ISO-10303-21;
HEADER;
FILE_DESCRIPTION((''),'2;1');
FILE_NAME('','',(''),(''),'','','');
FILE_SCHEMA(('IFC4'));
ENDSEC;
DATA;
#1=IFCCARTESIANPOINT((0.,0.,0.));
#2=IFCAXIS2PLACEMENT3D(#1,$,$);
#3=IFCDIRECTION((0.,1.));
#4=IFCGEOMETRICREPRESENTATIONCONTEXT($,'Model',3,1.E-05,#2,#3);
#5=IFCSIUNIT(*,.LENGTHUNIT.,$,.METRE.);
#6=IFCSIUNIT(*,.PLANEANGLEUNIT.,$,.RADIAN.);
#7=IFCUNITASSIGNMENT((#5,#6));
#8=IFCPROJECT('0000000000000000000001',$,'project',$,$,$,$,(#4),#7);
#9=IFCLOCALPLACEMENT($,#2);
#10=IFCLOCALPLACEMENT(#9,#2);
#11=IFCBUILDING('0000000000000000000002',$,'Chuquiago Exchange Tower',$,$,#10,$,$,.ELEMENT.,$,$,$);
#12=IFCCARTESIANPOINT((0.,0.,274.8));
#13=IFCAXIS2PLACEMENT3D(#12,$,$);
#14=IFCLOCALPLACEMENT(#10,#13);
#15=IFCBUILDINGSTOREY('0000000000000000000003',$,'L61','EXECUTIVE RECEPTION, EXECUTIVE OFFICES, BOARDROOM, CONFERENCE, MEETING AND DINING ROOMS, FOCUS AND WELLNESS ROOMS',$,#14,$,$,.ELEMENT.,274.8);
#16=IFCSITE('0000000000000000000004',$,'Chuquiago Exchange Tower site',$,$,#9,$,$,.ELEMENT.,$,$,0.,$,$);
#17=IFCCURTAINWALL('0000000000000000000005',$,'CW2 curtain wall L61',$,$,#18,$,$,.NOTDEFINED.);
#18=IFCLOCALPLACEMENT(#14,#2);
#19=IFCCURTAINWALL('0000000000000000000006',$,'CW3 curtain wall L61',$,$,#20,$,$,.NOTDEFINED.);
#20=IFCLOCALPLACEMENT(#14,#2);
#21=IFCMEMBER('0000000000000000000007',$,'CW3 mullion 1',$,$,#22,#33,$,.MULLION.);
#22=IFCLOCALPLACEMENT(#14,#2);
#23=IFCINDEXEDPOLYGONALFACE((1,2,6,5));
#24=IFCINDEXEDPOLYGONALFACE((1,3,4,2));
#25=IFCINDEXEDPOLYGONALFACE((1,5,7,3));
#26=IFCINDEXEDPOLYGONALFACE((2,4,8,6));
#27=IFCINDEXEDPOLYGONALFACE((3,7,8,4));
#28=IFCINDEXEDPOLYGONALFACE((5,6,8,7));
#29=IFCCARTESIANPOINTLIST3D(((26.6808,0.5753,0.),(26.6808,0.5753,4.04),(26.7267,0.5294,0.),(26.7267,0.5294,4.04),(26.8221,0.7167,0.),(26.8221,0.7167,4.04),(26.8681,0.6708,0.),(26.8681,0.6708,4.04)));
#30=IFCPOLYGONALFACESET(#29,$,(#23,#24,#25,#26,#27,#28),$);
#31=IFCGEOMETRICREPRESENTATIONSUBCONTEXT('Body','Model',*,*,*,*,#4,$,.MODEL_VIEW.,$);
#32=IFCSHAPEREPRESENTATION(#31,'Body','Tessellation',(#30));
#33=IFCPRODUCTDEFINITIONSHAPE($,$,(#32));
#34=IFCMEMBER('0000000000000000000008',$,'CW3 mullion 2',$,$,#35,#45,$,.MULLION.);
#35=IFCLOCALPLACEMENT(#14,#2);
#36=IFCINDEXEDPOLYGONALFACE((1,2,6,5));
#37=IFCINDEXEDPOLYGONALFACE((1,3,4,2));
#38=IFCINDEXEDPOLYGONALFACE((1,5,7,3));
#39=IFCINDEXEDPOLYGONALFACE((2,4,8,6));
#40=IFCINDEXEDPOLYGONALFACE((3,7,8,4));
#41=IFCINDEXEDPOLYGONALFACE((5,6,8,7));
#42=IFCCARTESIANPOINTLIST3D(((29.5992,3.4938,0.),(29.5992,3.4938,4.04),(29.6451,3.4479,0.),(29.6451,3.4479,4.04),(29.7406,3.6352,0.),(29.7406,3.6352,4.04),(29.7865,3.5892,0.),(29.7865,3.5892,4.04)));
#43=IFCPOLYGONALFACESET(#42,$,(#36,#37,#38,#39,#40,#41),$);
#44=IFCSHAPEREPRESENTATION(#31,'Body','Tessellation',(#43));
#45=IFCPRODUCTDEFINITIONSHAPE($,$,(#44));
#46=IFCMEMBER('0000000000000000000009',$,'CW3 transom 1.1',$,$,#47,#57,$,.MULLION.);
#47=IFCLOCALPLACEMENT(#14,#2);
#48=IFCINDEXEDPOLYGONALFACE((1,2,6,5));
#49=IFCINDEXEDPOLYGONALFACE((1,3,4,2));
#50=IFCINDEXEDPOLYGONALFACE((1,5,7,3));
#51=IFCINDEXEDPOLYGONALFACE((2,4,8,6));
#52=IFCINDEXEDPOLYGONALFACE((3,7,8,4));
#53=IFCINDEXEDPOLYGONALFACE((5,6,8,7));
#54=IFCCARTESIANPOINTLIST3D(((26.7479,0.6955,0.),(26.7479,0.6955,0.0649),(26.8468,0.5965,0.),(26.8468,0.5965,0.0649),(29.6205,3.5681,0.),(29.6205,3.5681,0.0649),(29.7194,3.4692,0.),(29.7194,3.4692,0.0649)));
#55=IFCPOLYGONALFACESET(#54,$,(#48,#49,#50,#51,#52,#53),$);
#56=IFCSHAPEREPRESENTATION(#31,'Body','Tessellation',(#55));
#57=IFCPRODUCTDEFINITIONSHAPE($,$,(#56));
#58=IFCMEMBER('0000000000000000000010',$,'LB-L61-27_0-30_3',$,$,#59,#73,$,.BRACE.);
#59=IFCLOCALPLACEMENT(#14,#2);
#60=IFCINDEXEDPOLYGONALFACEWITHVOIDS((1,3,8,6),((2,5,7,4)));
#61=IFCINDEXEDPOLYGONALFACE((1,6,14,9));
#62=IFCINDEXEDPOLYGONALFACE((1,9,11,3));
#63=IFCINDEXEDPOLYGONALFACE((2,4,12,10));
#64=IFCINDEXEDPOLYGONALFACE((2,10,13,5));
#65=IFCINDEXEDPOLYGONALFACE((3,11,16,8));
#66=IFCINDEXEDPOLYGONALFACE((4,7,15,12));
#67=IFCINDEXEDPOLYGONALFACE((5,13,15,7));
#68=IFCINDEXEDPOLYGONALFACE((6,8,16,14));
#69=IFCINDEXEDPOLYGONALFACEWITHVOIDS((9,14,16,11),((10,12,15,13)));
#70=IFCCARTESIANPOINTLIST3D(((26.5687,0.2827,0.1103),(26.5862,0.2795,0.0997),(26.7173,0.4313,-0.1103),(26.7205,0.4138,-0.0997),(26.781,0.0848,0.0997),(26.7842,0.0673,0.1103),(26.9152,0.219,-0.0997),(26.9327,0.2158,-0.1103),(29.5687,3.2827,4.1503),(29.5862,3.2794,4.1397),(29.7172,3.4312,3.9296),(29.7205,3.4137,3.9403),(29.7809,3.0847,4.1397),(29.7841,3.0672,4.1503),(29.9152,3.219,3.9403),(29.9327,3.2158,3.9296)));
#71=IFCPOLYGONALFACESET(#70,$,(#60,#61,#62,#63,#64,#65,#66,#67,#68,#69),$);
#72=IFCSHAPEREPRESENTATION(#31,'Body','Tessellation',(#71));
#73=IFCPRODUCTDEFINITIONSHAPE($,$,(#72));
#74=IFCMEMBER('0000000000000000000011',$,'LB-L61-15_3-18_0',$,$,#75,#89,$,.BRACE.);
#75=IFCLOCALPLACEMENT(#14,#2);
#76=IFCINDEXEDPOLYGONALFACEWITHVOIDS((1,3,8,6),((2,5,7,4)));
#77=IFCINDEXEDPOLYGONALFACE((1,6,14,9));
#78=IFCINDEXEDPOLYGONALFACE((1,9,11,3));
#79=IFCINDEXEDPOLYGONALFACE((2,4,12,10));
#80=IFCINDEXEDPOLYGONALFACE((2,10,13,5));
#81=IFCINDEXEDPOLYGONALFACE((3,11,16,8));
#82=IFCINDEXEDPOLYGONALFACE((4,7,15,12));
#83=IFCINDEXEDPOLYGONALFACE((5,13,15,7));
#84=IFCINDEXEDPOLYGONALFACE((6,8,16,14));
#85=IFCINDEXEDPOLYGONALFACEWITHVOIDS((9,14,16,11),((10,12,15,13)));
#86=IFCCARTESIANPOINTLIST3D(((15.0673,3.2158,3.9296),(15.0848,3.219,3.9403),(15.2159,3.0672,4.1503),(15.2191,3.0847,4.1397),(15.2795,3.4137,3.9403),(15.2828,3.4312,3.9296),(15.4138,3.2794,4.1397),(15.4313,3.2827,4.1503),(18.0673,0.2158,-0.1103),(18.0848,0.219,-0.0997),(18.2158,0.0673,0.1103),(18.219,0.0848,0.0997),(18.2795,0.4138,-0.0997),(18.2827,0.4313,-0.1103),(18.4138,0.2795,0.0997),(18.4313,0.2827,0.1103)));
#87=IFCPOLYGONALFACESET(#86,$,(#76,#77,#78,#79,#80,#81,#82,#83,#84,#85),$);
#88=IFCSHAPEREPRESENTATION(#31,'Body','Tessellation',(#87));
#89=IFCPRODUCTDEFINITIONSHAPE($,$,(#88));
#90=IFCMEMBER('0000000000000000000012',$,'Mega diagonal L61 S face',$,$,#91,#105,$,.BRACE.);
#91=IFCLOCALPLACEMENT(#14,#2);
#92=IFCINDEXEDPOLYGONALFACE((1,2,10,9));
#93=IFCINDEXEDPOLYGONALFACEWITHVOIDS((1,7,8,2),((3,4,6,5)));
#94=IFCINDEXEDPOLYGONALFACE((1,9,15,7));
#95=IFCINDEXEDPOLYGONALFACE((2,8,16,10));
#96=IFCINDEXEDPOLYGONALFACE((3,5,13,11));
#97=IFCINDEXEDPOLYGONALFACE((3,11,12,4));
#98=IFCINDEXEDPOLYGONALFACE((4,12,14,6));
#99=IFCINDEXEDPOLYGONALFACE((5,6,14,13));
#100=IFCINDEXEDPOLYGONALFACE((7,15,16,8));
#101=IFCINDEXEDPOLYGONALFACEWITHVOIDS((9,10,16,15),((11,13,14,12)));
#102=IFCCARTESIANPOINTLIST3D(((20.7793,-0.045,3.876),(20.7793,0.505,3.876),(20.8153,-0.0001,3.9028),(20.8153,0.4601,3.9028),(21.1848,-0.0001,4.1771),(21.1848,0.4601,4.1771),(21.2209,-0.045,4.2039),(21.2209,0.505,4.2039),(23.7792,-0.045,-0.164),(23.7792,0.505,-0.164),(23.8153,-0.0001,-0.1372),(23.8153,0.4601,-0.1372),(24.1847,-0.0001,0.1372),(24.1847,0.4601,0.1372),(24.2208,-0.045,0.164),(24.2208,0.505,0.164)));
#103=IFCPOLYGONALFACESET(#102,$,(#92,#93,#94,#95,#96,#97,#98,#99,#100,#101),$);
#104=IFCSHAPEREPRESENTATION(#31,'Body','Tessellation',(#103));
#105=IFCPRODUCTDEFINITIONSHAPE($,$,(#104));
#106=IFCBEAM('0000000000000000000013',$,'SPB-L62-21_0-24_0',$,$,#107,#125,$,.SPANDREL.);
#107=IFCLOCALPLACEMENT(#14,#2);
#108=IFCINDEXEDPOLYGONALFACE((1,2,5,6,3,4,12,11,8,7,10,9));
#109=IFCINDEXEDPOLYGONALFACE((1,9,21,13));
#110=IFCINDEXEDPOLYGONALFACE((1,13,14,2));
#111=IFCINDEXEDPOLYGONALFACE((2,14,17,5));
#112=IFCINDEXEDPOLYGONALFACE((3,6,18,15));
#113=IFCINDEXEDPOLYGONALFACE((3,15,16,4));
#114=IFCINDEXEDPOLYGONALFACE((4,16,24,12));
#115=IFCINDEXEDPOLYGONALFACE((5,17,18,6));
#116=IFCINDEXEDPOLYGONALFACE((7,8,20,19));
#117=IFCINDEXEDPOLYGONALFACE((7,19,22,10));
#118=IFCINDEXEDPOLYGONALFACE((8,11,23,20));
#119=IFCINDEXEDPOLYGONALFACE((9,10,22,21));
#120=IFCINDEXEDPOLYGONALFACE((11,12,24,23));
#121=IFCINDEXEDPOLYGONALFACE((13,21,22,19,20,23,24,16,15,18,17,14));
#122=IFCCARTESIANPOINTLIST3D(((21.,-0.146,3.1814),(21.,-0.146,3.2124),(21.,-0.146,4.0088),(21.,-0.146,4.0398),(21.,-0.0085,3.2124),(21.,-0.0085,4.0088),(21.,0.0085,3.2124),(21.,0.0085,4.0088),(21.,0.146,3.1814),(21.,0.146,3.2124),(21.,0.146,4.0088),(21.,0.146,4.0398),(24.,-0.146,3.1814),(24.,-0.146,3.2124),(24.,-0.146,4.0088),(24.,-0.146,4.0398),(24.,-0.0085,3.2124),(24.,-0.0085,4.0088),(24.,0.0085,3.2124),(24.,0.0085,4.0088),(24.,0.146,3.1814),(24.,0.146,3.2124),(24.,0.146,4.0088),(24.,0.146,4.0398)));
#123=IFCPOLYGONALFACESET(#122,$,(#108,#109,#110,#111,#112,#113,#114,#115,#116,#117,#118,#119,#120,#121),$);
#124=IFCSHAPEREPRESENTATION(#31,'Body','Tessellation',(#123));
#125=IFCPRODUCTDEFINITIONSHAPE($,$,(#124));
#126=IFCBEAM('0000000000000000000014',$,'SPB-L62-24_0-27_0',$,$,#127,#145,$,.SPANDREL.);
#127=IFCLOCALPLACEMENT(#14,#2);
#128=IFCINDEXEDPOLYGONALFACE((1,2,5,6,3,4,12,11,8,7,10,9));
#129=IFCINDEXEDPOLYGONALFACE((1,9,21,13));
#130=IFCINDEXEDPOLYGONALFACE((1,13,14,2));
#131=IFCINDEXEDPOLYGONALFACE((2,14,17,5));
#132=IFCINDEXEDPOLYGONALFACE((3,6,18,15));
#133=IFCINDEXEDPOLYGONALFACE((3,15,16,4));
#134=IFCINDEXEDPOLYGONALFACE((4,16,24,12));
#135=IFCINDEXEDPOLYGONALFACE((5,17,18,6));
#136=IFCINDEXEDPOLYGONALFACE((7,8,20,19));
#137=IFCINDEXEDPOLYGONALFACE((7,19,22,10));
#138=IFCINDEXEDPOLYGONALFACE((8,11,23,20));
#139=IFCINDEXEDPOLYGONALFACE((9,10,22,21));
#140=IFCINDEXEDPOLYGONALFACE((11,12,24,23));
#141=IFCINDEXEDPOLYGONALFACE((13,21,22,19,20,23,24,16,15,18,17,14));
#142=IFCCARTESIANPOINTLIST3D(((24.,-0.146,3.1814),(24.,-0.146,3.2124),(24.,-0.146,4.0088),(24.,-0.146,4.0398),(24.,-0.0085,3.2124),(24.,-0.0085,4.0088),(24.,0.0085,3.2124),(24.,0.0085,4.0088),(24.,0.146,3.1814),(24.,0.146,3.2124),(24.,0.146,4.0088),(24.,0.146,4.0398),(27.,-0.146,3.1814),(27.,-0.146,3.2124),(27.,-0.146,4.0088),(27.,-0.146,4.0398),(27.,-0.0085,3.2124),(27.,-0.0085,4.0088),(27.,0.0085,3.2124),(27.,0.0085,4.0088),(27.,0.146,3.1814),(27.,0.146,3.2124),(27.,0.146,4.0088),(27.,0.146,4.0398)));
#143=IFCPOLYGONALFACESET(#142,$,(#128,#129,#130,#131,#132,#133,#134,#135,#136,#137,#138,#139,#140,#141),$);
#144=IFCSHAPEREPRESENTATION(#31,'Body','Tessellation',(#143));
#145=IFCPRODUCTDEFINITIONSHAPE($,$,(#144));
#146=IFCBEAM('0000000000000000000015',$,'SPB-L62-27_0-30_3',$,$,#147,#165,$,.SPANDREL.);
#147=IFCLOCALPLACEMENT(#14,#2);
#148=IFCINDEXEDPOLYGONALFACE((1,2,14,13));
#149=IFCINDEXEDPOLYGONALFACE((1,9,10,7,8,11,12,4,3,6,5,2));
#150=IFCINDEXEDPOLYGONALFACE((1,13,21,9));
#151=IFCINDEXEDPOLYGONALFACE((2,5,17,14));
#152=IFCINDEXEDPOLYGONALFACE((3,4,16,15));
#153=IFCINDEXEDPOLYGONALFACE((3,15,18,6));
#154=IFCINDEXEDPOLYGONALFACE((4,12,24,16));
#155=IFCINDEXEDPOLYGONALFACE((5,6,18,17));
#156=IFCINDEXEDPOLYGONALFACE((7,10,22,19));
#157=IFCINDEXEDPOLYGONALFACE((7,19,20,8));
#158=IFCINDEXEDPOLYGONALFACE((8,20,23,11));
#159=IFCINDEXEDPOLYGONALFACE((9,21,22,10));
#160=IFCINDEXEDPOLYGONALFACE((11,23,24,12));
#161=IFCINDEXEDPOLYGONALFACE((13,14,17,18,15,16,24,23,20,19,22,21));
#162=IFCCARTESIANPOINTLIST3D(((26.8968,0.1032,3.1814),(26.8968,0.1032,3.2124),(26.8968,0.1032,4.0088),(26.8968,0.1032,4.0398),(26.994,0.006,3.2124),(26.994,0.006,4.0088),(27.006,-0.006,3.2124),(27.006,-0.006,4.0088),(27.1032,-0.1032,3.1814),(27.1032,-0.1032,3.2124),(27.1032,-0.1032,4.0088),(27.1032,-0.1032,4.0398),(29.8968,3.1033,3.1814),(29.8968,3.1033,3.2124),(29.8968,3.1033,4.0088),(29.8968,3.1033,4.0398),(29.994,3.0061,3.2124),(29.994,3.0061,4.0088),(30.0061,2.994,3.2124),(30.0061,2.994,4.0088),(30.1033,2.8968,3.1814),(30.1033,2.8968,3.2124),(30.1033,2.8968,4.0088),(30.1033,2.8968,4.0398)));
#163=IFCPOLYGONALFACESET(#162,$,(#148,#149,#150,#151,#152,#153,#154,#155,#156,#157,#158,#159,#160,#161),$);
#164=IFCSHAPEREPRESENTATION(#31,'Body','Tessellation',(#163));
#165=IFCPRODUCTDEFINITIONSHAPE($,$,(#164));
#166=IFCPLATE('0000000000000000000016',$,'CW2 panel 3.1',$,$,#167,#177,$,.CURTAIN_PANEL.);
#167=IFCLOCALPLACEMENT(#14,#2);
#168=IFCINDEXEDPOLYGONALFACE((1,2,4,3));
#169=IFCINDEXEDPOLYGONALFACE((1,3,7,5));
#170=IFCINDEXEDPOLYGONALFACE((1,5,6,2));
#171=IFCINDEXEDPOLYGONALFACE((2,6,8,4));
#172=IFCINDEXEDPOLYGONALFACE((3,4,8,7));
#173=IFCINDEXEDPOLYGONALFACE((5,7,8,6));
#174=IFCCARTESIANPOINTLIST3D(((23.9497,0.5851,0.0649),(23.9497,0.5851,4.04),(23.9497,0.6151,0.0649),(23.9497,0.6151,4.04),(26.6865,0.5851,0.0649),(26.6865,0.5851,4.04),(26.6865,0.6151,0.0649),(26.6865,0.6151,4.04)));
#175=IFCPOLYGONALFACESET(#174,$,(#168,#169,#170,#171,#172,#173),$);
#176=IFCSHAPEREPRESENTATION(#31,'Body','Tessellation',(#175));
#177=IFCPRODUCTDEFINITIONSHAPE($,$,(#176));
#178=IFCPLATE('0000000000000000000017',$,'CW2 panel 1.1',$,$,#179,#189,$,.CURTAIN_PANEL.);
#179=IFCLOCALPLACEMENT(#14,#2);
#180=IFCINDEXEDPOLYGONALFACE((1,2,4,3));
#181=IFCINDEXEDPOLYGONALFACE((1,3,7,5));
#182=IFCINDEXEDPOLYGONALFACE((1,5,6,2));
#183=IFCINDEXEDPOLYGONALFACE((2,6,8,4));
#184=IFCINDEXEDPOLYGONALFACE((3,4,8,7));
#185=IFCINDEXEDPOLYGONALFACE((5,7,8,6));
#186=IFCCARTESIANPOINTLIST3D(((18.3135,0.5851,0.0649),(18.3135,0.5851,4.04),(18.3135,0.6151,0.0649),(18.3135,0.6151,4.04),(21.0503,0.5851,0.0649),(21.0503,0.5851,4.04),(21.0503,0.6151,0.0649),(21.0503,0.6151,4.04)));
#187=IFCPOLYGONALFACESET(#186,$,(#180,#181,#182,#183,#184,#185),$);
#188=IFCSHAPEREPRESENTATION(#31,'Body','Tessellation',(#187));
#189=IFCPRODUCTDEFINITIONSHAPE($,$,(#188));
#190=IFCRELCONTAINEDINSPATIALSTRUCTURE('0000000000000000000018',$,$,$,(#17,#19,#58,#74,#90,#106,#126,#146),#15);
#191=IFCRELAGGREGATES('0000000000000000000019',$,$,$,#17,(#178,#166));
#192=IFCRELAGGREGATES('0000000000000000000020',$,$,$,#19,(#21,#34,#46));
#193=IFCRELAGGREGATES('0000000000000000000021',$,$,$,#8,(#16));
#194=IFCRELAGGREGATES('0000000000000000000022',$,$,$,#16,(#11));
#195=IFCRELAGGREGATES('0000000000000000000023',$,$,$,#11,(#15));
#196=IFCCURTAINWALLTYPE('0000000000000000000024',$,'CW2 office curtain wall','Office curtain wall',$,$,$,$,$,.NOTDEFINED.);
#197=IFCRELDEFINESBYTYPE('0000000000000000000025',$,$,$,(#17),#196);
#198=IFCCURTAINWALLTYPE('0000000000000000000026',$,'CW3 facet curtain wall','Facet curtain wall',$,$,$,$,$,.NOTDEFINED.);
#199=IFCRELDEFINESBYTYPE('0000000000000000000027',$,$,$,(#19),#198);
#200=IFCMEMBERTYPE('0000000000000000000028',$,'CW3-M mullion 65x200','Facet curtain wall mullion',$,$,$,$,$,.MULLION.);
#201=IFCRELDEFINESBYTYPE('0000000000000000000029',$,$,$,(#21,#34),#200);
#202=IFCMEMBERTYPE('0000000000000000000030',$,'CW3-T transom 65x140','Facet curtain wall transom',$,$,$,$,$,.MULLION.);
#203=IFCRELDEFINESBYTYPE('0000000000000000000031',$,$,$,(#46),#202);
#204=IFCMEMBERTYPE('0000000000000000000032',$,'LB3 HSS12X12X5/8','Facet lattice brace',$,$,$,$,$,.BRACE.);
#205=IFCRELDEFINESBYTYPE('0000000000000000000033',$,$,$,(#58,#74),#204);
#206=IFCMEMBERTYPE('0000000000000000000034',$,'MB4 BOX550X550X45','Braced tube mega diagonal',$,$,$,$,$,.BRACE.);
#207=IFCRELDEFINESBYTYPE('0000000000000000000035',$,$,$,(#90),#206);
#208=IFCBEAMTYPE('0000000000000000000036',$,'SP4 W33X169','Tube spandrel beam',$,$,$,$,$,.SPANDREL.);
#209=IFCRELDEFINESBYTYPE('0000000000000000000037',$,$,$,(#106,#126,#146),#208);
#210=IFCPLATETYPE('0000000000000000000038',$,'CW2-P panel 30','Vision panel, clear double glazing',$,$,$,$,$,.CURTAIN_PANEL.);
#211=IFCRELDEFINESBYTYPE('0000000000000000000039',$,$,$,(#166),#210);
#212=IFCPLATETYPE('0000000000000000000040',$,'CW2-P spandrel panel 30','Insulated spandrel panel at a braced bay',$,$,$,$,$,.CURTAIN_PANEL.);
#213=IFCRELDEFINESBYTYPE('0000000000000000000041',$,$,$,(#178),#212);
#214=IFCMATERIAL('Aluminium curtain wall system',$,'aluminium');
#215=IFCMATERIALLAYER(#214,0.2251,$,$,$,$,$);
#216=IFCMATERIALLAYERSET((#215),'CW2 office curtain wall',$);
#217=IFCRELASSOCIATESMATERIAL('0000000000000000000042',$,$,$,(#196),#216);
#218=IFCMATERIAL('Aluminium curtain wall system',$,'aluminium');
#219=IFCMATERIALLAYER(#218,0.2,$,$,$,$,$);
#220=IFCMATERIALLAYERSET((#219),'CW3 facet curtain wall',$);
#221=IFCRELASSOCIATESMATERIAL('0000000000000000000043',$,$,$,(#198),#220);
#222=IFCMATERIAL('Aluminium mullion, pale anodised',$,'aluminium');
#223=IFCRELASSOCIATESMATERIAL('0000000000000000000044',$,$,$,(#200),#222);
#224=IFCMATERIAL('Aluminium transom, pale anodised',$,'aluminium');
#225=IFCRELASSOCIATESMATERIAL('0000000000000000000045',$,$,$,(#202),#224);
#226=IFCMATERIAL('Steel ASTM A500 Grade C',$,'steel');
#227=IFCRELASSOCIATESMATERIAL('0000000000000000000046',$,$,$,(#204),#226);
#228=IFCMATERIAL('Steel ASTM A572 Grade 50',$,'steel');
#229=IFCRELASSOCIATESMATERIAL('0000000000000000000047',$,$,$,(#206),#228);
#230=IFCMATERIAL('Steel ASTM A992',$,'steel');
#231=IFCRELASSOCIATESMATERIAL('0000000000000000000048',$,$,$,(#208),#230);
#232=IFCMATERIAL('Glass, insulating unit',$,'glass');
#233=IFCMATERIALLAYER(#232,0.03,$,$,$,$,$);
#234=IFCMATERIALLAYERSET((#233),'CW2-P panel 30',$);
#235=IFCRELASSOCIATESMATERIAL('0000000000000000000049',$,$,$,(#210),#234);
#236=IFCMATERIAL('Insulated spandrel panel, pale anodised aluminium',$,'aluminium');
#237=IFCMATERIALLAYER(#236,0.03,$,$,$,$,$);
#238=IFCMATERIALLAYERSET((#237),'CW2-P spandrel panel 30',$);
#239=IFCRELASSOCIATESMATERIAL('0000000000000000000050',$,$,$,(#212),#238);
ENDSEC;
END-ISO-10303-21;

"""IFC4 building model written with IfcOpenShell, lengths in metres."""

from ifc_helpers import new_model, si_unit, direction, frame, origin, origin_2d, place, context, subcontext, project, spatial, rectangle, hollow_rectangle, i_section, extrude, material, layer, layer_set, material_profile, profile_set, type_object, element, aggregate, save


model = new_model("IFC4")

# Units and contexts
model_context = context("Model", 3, precision=1e-05, world=origin(), true_north=direction((0.0, 1.0)))
body_context = subcontext(model_context, "Body", "Model", "MODEL_VIEW")
ifc_project = project(units=[si_unit("LENGTHUNIT", "METRE"), si_unit("PLANEANGLEUNIT", "RADIAN")], contexts=[model_context])

# Site, building, storey
site_placement = place(None, origin())
site = spatial("IfcSite", under=ifc_project, at=site_placement, Name="Chuquiago Exchange Tower site", CompositionType="ELEMENT", RefElevation=0.0)
building_placement = place(site_placement, origin())
building = spatial("IfcBuilding", under=site, at=building_placement, Name="Chuquiago Exchange Tower", CompositionType="ELEMENT")
storey_placement = place(building_placement, frame((0.0, 0.0, 274.8)))
storey = spatial("IfcBuildingStorey", under=building, at=storey_placement, Name="L61", Description="EXECUTIVE RECEPTION, EXECUTIVE OFFICES, BOARDROOM, CONFERENCE, MEETING AND DINING ROOMS, FOCUS AND WELLNESS ROOMS", CompositionType="ELEMENT", Elevation=274.8)

# Curtain walls, members
ifc_material_1 = material(Name="Aluminium curtain wall system", Category="aluminium")
ifc_layer_1 = layer(ifc_material_1, 0.2251)
ifc_layer_set_1 = layer_set([ifc_layer_1], Name="CW2 office curtain wall")
curtain_wall_type_1 = type_object("IfcCurtainWallType", Name="CW2 office curtain wall", Description="Office curtain wall", PredefinedType="NOTDEFINED", material=ifc_layer_set_1)
curtain_wall_1_placement = place(storey_placement, origin())
curtain_wall_1 = element("IfcCurtainWall", 1, at=curtain_wall_1_placement, inside=storey, type_object=curtain_wall_type_1, Name="CW2 curtain wall L61", PredefinedType="NOTDEFINED")
ifc_material_2 = material(Name="Aluminium curtain wall system", Category="aluminium")
ifc_layer_2 = layer(ifc_material_2, 0.2)
ifc_layer_set_2 = layer_set([ifc_layer_2], Name="CW3 facet curtain wall")
curtain_wall_type_2 = type_object("IfcCurtainWallType", Name="CW3 facet curtain wall", Description="Facet curtain wall", PredefinedType="NOTDEFINED", material=ifc_layer_set_2)
curtain_wall_2_placement = place(storey_placement, origin())
curtain_wall_2 = element("IfcCurtainWall", 2, at=curtain_wall_2_placement, inside=storey, type_object=curtain_wall_type_2, Name="CW3 curtain wall L61", PredefinedType="NOTDEFINED")
ifc_material_3 = material(Name="Aluminium mullion, pale anodised", Category="aluminium")
ifc_material_profile_1 = material_profile(ifc_material_3, rectangle(XDim=0.0649, YDim=0.2, at=origin_2d()), Name="AL 65x200")
ifc_profile_set_1 = profile_set([ifc_material_profile_1], Name="Aluminium mullion, pale anodised")
member_type_1 = type_object("IfcMemberType", Name="CW3-M mullion 65x200", Description="Facet curtain wall mullion", PredefinedType="MULLION", material=ifc_profile_set_1)
member_1_placement = place(storey_placement, frame((26.7744, 0.623, 0.0), z_axis=(0.0, 0.0, 1.0), x_axis=(-0.707107, 0.707107, 0.0)))
member_1 = element("IfcMember", 3, at=member_1_placement, type_object=member_type_1, Name="CW3 mullion 1", PredefinedType="MULLION", context=body_context, shape_type="SweptSolid", body=[
    extrude(rectangle(XDim=0.0649, YDim=0.2, at=origin_2d()), origin(), (0.0, 0.0, 1.0), 4.04),
])
member_2_placement = place(storey_placement, frame((29.6929, 3.5415, 0.0), z_axis=(0.0, 0.0, 1.0), x_axis=(-0.707107, 0.707107, 0.0)))
member_2 = element("IfcMember", 4, at=member_2_placement, type_object=member_type_1, Name="CW3 mullion 2", PredefinedType="MULLION", context=body_context, shape_type="SweptSolid", body=[
    extrude(rectangle(XDim=0.0649, YDim=0.2, at=origin_2d()), origin(), (0.0, 0.0, 1.0), 4.04),
])
ifc_material_4 = material(Name="Aluminium transom, pale anodised", Category="aluminium")
ifc_material_profile_2 = material_profile(ifc_material_4, rectangle(XDim=0.1399, YDim=0.0649, at=origin_2d()), Name="AL 140x65")
ifc_profile_set_2 = profile_set([ifc_material_profile_2], Name="Aluminium transom, pale anodised")
member_type_2 = type_object("IfcMemberType", Name="CW3-T transom 65x140", Description="Facet curtain wall transom", PredefinedType="MULLION", material=ifc_profile_set_2)
member_3_placement = place(storey_placement, frame((26.7974, 0.646, 0.0325), z_axis=(0.707107, 0.707107, 0.0), x_axis=(-0.707107, 0.707107, 0.0)))
member_3 = element("IfcMember", 5, at=member_3_placement, type_object=member_type_2, Name="CW3 transom 1.1", PredefinedType="MULLION", context=body_context, shape_type="SweptSolid", body=[
    extrude(rectangle(XDim=0.1399, YDim=0.0649, at=origin_2d()), origin(), (0.0, 0.0, 1.0), 4.0625),
])

# Members
ifc_material_5 = material(Name="Steel ASTM A500 Grade C", Category="steel")
ifc_material_profile_3 = material_profile(ifc_material_5, hollow_rectangle(XDim=0.3047, YDim=0.3047, WallThickness=0.0146, at=origin_2d()), Name="HSS12X12X5/8")
ifc_profile_set_3 = profile_set([ifc_material_profile_3], Name="Steel ASTM A500 Grade C")
member_type_3 = type_object("IfcMemberType", Name="LB3 HSS12X12X5/8", Description="Facet lattice brace", PredefinedType="BRACE", material=ifc_profile_set_3)
for number, where, z_axis, x_axis, name in (
    (6, (26.7507, 0.2493, 0.0), (0.512077, 0.512077, 0.689604), (-0.707107, 0.707107, 0.0), "LB-L61-27_0-30_3"),
    (7, (18.2493, 0.2493, 0.0), (-0.512077, 0.512077, 0.689604), (-0.707107, -0.707107, 0.0), "LB-L61-15_3-18_0"),
):
    element("IfcMember", number, at=place(storey_placement, frame(where, z_axis=z_axis, x_axis=x_axis)), inside=storey, type_object=member_type_3, Name=name, PredefinedType="BRACE", context=body_context, shape_type="SweptSolid", body=[
        extrude(hollow_rectangle(XDim=0.3047, YDim=0.3047, WallThickness=0.0146, at=origin_2d()), origin(), (0.0, 0.0, 1.0), 5.8584),
    ])
ifc_material_6 = material(Name="Steel ASTM A572 Grade 50", Category="steel")
ifc_material_profile_4 = material_profile(ifc_material_6, hollow_rectangle(XDim=0.55, YDim=0.55, WallThickness=0.0449, at=origin_2d()), Name="BOX550X550X45")
ifc_profile_set_4 = profile_set([ifc_material_profile_4], Name="Steel ASTM A572 Grade 50")
member_type_4 = type_object("IfcMemberType", Name="MB4 BOX550X550X45", Description="Braced tube mega diagonal", PredefinedType="BRACE", material=ifc_profile_set_4)
member_4_placement = place(storey_placement, frame((24.0, 0.23, 0.0), z_axis=(-0.596174, 0.0, 0.802855), x_axis=(0.0, -1.0, 0.0)))
element("IfcMember", 8, at=member_4_placement, inside=storey, type_object=member_type_4, Name="Mega diagonal L61 S face", PredefinedType="BRACE", context=body_context, shape_type="SweptSolid", body=[
    extrude(hollow_rectangle(XDim=0.55, YDim=0.55, WallThickness=0.0449, at=origin_2d()), origin(), (0.0, 0.0, 1.0), 5.032),
])

# Beams
ifc_material_7 = material(Name="Steel ASTM A992", Category="steel")
ifc_material_profile_5 = material_profile(ifc_material_7, i_section(OverallWidth=0.292, OverallDepth=0.8584, WebThickness=0.0171, FlangeThickness=0.031, at=origin_2d()), Name="W33X169")
ifc_profile_set_5 = profile_set([ifc_material_profile_5], Name="Steel ASTM A992")
beam_type = type_object("IfcBeamType", Name="SP4 W33X169", Description="Tube spandrel beam", PredefinedType="SPANDREL", material=ifc_profile_set_5)
for number, where, z_axis, x_axis, name in (
    (9, (21.0, 0.0, 3.6106), (1.0, 0.0, 0.0), (0.0, 1.0, 0.0), "SPB-L62-21_0-24_0"),
    (10, (24.0, 0.0, 3.6106), (1.0, 0.0, 0.0), (0.0, 1.0, 0.0), "SPB-L62-24_0-27_0"),
):
    element("IfcBeam", number, at=place(storey_placement, frame(where, z_axis=z_axis, x_axis=x_axis)), inside=storey, type_object=beam_type, Name=name, PredefinedType="SPANDREL", context=body_context, shape_type="SweptSolid", body=[
        extrude(i_section(OverallWidth=0.292, OverallDepth=0.8584, WebThickness=0.0171, FlangeThickness=0.031, at=origin_2d()), origin(), (0.0, 0.0, 1.0), 3.0),
    ])
beam_placement = place(storey_placement, frame((27.0, 0.0, 3.6106), z_axis=(0.707107, 0.707107, 0.0), x_axis=(-0.707107, 0.707107, 0.0)))
element("IfcBeam", 11, at=beam_placement, inside=storey, type_object=beam_type, Name="SPB-L62-27_0-30_3", PredefinedType="SPANDREL", context=body_context, shape_type="SweptSolid", body=[
    extrude(i_section(OverallWidth=0.292, OverallDepth=0.8584, WebThickness=0.0171, FlangeThickness=0.031, at=origin_2d()), origin(), (0.0, 0.0, 1.0), 4.2427),
])

# Plates
ifc_material_8 = material(Name="Glass, insulating unit", Category="glass")
ifc_layer_3 = layer(ifc_material_8, 0.03)
ifc_layer_set_3 = layer_set([ifc_layer_3], Name="CW2-P panel 30")
plate_type_1 = type_object("IfcPlateType", Name="CW2-P panel 30", Description="Vision panel, clear double glazing", PredefinedType="CURTAIN_PANEL", material=ifc_layer_set_3)
plate_1_placement = place(storey_placement, frame((25.3181, 0.6001, 0.0649), z_axis=(0.0, 0.0, 1.0), x_axis=(1.0, 0.0, 0.0)))
plate_1 = element("IfcPlate", 12, at=plate_1_placement, type_object=plate_type_1, Name="CW2 panel 3.1", PredefinedType="CURTAIN_PANEL", context=body_context, shape_type="SweptSolid", body=[
    extrude(rectangle(XDim=2.7368, YDim=0.03, at=origin_2d()), origin(), (0.0, 0.0, 1.0), 3.9751),
])
ifc_material_9 = material(Name="Insulated spandrel panel, pale anodised aluminium", Category="aluminium")
ifc_layer_4 = layer(ifc_material_9, 0.03)
ifc_layer_set_4 = layer_set([ifc_layer_4], Name="CW2-P spandrel panel 30")
plate_type_2 = type_object("IfcPlateType", Name="CW2-P spandrel panel 30", Description="Insulated spandrel panel at a braced bay", PredefinedType="CURTAIN_PANEL", material=ifc_layer_set_4)
plate_2_placement = place(storey_placement, frame((19.6819, 0.6001, 0.0649), z_axis=(0.0, 0.0, 1.0), x_axis=(1.0, 0.0, 0.0)))
plate_2 = element("IfcPlate", 13, at=plate_2_placement, type_object=plate_type_2, Name="CW2 panel 1.1", PredefinedType="CURTAIN_PANEL", context=body_context, shape_type="SweptSolid", body=[
    extrude(rectangle(XDim=2.7368, YDim=0.03, at=origin_2d()), origin(), (0.0, 0.0, 1.0), 3.9751),
])
aggregate(curtain_wall_1, [plate_2, plate_1])
aggregate(curtain_wall_2, [member_1, member_2, member_3])

save(model, "model.ifc")
